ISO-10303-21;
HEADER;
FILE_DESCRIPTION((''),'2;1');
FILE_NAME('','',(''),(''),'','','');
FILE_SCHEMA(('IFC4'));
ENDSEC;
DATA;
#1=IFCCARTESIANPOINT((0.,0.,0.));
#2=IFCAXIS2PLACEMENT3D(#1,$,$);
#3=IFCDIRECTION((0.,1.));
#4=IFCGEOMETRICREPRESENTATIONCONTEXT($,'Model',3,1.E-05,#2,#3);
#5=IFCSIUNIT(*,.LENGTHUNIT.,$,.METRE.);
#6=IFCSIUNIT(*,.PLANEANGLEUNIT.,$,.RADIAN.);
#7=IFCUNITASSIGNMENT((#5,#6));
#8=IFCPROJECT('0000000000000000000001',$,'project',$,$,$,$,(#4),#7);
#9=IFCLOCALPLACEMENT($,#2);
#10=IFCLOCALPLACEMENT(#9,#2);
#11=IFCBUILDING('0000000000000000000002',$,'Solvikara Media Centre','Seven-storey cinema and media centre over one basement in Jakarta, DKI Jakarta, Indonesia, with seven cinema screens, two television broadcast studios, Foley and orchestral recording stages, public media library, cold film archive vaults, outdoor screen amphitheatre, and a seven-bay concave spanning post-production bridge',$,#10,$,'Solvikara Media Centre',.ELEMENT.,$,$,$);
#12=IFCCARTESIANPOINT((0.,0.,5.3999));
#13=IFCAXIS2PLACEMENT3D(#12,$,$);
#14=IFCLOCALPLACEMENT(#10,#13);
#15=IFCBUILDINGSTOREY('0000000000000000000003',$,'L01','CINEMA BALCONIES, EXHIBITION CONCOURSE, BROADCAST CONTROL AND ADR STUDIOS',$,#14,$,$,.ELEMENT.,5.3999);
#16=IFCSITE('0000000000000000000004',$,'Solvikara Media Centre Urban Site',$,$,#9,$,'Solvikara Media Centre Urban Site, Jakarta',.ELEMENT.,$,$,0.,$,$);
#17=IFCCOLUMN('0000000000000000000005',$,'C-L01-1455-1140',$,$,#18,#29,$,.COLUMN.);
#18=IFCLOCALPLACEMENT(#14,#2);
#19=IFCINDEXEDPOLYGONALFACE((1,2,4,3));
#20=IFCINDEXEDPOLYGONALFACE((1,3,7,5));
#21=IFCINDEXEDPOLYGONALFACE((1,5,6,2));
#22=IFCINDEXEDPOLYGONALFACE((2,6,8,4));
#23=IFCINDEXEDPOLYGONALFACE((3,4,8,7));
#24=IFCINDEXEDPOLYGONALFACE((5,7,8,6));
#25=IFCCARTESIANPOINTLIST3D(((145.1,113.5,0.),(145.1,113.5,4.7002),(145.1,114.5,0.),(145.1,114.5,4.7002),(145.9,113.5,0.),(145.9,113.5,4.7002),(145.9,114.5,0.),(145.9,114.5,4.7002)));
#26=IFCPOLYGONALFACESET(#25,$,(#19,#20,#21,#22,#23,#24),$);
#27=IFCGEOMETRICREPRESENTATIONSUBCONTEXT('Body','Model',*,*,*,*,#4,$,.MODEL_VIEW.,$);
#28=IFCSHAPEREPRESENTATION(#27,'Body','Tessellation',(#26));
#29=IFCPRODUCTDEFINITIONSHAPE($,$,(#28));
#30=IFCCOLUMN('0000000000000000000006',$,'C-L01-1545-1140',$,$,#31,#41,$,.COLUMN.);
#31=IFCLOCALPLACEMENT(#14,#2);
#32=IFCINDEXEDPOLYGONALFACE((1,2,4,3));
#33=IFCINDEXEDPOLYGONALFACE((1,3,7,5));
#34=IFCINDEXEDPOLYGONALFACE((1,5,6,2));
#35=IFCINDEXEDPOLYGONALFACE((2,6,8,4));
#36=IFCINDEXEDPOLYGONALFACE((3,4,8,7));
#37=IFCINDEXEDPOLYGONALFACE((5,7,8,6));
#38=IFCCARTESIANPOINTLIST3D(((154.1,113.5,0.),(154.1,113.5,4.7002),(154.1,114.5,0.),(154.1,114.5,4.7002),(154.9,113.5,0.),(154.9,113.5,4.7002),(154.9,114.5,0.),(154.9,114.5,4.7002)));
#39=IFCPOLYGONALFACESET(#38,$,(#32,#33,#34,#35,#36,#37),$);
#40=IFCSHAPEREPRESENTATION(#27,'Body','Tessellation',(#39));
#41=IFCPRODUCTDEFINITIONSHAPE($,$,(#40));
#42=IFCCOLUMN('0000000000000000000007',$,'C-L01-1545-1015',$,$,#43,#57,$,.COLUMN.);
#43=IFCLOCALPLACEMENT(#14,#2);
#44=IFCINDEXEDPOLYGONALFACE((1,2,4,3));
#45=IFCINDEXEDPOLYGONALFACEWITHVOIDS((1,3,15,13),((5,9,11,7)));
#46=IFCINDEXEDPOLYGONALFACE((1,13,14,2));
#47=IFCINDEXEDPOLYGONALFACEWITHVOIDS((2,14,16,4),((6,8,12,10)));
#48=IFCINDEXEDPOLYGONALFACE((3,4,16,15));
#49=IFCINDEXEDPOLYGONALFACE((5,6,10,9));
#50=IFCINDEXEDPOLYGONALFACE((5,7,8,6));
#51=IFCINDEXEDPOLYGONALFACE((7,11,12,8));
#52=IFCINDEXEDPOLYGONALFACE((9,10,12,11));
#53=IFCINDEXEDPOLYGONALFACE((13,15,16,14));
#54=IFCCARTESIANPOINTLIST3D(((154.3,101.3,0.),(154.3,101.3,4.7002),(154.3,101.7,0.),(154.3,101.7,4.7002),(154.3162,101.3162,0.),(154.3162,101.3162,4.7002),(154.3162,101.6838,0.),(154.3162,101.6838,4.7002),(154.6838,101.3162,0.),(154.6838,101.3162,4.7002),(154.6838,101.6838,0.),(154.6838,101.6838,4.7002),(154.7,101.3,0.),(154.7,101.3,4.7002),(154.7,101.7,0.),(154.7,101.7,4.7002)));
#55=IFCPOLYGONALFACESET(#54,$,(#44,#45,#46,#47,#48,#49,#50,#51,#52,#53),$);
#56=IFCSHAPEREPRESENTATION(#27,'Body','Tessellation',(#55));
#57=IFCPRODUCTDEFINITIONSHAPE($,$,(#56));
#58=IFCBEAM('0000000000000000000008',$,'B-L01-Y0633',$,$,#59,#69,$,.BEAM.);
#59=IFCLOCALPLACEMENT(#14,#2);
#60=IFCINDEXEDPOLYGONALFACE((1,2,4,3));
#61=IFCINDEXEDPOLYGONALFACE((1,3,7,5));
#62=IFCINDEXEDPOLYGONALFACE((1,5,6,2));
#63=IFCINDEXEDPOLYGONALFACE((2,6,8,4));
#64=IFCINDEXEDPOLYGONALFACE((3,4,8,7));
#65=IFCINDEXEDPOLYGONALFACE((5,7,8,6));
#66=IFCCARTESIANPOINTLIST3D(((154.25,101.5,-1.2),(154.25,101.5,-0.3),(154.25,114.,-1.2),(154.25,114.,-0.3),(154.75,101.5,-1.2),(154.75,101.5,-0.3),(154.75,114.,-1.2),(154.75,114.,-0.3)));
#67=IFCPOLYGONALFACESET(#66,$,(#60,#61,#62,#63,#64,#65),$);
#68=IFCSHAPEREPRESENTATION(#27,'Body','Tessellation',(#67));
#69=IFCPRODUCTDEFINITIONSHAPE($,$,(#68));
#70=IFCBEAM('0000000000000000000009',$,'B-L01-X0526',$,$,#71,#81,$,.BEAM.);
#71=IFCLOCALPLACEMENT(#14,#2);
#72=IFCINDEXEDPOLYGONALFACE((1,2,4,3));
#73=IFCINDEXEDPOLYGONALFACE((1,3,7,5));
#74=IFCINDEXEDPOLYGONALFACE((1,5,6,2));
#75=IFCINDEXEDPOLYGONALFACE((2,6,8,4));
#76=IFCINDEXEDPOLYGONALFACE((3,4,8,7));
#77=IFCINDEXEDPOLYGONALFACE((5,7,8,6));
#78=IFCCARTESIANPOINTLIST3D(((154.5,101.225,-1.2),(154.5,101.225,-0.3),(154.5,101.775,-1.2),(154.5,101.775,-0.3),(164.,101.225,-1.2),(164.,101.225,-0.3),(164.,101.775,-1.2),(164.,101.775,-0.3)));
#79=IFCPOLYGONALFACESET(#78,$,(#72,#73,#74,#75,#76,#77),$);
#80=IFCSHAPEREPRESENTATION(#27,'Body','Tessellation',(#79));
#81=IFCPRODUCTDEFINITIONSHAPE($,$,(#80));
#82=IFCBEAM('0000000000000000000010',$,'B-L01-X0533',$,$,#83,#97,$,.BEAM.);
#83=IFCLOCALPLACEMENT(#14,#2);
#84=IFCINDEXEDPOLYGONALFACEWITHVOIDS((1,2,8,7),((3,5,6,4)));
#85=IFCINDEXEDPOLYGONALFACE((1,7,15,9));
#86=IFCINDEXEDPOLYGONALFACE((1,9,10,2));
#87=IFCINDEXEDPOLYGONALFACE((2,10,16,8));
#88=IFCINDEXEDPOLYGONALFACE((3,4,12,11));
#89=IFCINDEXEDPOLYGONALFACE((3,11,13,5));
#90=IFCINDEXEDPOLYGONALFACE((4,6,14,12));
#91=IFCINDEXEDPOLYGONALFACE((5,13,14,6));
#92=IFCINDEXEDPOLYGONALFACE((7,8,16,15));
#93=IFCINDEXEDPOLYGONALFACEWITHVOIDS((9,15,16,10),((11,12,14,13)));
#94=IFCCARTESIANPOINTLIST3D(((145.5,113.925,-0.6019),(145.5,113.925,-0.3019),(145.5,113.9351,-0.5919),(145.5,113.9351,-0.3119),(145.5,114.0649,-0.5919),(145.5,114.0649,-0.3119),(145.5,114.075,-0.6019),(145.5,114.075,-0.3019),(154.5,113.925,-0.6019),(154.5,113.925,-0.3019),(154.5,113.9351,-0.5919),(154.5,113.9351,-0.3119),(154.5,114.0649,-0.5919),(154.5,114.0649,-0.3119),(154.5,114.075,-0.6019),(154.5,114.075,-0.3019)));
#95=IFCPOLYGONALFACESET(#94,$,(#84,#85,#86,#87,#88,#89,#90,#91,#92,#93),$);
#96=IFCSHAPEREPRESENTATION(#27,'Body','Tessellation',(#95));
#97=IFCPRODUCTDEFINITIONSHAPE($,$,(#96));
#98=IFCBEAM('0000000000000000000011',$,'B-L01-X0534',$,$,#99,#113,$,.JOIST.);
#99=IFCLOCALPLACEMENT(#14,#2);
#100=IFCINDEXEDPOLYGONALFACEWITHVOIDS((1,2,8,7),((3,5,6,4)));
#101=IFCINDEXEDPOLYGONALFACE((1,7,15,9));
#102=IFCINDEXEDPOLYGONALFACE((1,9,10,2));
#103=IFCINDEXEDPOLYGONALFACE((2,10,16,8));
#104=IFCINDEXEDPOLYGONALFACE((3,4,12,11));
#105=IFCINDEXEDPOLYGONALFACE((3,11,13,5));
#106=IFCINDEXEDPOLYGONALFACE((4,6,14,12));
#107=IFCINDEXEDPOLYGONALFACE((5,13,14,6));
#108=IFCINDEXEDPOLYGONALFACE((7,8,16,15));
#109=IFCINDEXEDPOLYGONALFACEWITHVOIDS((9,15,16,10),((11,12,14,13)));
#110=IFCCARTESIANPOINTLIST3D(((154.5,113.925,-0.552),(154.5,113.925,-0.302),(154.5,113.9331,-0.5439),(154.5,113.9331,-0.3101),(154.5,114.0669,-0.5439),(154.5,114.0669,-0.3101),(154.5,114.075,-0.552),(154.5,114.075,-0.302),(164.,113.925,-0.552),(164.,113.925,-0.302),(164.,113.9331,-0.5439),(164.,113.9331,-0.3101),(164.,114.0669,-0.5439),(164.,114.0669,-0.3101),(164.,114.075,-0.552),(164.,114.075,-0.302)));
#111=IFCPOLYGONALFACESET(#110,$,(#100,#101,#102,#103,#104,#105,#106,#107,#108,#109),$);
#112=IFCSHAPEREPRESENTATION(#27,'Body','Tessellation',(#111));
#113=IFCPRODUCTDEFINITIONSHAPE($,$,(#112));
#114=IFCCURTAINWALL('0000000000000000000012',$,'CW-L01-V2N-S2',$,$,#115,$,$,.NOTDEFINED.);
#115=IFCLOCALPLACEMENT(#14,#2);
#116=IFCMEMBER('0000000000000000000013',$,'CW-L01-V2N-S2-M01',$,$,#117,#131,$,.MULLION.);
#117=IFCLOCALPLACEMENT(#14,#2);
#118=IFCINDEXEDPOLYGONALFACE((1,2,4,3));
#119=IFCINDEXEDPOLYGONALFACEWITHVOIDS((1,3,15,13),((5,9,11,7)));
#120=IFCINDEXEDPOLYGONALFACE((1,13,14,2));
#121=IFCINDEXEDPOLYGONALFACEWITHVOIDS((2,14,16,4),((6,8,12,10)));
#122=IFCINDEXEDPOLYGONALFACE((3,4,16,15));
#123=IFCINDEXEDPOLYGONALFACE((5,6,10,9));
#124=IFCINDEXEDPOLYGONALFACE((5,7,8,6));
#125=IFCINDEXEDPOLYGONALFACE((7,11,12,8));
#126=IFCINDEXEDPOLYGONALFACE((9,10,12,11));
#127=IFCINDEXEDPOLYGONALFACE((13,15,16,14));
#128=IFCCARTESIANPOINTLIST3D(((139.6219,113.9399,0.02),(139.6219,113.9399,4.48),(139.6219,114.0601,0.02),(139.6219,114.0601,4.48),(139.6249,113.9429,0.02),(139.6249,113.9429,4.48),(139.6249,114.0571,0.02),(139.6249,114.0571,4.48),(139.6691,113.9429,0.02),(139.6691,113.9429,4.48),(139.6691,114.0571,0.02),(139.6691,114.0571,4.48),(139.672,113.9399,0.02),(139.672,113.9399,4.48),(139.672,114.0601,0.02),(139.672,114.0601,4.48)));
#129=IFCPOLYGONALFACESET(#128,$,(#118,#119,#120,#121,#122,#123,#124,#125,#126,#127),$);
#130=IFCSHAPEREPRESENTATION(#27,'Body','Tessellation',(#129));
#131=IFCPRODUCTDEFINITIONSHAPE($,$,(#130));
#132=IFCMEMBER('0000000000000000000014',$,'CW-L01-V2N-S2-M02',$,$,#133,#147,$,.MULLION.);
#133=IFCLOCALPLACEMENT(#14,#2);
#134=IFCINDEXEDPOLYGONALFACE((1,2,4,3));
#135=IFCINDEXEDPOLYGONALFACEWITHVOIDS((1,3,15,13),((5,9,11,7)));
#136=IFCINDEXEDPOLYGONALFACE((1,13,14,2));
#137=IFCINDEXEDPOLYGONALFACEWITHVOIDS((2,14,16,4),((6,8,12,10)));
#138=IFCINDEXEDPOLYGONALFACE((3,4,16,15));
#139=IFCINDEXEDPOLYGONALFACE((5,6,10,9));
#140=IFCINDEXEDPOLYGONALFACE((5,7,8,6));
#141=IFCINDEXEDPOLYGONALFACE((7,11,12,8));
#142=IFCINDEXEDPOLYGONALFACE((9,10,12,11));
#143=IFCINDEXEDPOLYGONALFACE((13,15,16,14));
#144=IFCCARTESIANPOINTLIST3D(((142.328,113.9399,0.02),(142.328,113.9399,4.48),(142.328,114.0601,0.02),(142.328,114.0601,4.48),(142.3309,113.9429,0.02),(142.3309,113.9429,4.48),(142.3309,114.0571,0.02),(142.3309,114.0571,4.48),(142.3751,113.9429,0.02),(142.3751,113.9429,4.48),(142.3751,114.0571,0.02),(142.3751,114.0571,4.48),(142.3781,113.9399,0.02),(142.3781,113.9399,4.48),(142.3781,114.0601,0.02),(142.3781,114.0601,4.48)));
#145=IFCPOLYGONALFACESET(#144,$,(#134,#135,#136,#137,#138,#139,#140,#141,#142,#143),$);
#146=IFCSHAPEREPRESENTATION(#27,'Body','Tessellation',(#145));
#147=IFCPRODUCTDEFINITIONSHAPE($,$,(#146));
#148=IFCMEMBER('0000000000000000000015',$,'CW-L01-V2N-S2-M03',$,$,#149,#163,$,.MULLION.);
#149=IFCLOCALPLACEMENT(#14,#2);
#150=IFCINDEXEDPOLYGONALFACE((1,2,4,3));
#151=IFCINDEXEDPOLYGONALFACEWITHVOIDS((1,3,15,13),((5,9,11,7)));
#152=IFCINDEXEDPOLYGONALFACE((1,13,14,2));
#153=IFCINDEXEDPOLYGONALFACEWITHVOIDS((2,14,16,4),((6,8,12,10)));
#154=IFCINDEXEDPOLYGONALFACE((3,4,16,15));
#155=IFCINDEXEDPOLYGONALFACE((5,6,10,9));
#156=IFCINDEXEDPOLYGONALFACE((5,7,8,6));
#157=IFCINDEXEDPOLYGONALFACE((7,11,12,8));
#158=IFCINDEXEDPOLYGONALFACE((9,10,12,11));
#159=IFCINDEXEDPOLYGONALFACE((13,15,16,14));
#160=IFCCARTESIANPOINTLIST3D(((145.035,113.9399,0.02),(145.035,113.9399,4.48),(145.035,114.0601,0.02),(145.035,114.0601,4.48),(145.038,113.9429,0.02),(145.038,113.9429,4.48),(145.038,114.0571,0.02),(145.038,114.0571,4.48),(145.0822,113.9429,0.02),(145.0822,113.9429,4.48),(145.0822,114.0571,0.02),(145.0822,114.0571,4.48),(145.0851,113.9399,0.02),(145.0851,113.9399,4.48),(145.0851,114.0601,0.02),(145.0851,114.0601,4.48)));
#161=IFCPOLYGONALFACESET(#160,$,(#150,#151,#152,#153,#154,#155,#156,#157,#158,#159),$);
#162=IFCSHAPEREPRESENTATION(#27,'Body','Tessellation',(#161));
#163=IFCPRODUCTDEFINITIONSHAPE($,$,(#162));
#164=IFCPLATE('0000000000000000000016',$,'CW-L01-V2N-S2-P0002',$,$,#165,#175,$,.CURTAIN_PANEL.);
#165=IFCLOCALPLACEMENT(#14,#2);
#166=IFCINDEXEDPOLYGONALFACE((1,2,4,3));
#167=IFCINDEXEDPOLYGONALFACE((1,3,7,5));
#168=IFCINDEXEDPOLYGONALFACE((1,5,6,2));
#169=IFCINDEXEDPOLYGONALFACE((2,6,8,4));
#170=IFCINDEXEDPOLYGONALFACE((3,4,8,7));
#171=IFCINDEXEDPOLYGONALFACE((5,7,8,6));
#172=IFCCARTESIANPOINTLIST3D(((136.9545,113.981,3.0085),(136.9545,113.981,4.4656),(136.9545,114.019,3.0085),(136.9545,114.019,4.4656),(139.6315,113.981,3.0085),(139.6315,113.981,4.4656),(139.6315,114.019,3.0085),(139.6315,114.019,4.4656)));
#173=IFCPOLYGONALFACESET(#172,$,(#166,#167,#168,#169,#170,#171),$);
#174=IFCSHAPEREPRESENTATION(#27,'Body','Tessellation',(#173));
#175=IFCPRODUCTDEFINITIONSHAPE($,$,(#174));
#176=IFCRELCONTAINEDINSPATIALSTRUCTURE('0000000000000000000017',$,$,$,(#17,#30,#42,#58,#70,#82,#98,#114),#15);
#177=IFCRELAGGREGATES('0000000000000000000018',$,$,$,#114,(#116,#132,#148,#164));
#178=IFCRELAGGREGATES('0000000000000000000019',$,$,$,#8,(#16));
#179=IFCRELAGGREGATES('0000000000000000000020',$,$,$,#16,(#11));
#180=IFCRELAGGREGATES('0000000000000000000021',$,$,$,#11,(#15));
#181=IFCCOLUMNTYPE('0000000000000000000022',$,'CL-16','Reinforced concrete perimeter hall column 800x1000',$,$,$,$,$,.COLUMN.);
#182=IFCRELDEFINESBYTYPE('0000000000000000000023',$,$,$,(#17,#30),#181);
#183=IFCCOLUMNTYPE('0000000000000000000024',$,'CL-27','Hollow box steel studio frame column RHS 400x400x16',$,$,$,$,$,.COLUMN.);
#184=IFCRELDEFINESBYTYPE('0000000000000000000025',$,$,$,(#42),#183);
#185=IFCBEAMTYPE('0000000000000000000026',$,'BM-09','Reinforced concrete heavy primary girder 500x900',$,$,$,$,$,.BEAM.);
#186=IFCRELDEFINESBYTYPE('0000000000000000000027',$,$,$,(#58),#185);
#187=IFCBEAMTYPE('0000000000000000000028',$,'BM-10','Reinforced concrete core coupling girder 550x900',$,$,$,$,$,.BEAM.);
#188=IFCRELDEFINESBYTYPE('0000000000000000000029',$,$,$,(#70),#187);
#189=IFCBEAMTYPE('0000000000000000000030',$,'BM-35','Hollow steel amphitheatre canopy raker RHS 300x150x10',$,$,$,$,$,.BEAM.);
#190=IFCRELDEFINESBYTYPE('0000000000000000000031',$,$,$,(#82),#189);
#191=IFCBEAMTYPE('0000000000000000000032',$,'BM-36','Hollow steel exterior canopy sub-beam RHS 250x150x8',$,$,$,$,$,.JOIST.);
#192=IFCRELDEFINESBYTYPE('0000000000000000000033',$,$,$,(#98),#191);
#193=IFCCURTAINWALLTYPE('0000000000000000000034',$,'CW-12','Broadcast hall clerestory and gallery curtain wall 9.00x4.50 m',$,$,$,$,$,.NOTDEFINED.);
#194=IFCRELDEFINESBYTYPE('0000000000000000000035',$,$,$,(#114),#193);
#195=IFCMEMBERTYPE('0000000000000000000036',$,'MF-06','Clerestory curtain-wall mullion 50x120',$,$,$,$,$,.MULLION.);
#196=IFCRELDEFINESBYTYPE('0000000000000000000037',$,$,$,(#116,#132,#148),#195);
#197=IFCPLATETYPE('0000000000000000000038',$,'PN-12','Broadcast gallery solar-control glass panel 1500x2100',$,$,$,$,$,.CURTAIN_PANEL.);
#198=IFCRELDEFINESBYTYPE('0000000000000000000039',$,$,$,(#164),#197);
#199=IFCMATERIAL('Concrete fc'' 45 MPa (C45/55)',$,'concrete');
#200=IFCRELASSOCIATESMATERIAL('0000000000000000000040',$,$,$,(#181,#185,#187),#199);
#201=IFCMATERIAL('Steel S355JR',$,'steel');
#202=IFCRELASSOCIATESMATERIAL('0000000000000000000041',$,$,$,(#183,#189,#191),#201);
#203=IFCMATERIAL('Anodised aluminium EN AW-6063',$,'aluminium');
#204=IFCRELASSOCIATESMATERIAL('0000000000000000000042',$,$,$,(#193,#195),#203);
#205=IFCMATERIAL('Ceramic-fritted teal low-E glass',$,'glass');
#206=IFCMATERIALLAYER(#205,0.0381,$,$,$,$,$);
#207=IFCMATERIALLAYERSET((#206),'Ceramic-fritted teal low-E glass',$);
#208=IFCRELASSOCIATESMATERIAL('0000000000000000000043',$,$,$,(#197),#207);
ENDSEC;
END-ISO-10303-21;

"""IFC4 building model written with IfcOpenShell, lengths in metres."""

from ifc_helpers import new_model, si_unit, direction, frame, origin, origin_2d, place, context, subcontext, project, spatial, rectangle, hollow_rectangle, extrude, material, layer, layer_set, material_profile, profile_set, type_object, element, aggregate, save


model = new_model("IFC4")

# Units and contexts
model_context = context("Model", 3, precision=1e-05, world=origin(), true_north=direction((0.0, 1.0)))
body_context = subcontext(model_context, "Body", "Model", "MODEL_VIEW")
ifc_project = project(units=[si_unit("LENGTHUNIT", "METRE"), si_unit("PLANEANGLEUNIT", "RADIAN")], contexts=[model_context])

# Site, building, storey
site_placement = place(None, origin())
site = spatial("IfcSite", under=ifc_project, at=site_placement, Name="Solvikara Media Centre Urban Site", LongName="Solvikara Media Centre Urban Site, Jakarta", CompositionType="ELEMENT", RefElevation=0.0)
building_placement = place(site_placement, origin())
building = spatial("IfcBuilding", under=site, at=building_placement, Name="Solvikara Media Centre", Description="Seven-storey cinema and media centre over one basement in Jakarta, DKI Jakarta, Indonesia, with seven cinema screens, two television broadcast studios, Foley and orchestral recording stages, public media library, cold film archive vaults, outdoor screen amphitheatre, and a seven-bay concave spanning post-production bridge", LongName="Solvikara Media Centre", CompositionType="ELEMENT")
storey_placement = place(building_placement, frame((0.0, 0.0, 5.3999)))
storey = spatial("IfcBuildingStorey", under=building, at=storey_placement, Name="L01", Description="CINEMA BALCONIES, EXHIBITION CONCOURSE, BROADCAST CONTROL AND ADR STUDIOS", CompositionType="ELEMENT", Elevation=5.3999)

# Columns
ifc_material_1 = material(Name="Concrete fc' 45 MPa (C45/55)", Category="concrete")
ifc_material_profile_1 = material_profile(ifc_material_1, rectangle(XDim=0.8, YDim=1.0, at=origin_2d()), Name="RC 800x1000")
ifc_profile_set_1 = profile_set([ifc_material_profile_1], Name="Concrete fc' 45 MPa (C45/55)")
column_type_1 = type_object("IfcColumnType", Name="CL-16", Description="Reinforced concrete perimeter hall column 800x1000", PredefinedType="COLUMN", material=ifc_profile_set_1)
for number, where, z_axis, x_axis, name in (
    (1, (145.5, 114.0, 0.0), (0.0, 0.0, 1.0), (1.0, 0.0, 0.0), "C-L01-1455-1140"),
    (2, (154.5, 114.0, 0.0), (0.0, 0.0, 1.0), (1.0, 0.0, 0.0), "C-L01-1545-1140"),
):
    element("IfcColumn", number, at=place(storey_placement, frame(where, z_axis=z_axis, x_axis=x_axis)), inside=storey, type_object=column_type_1, Name=name, PredefinedType="COLUMN", context=body_context, shape_type="SweptSolid", body=[
        extrude(rectangle(XDim=0.8, YDim=1.0, at=origin_2d()), origin(), (0.0, 0.0, 1.0), 4.7002),
    ])
ifc_material_2 = material(Name="Steel S355JR", Category="steel")
ifc_material_profile_2 = material_profile(ifc_material_2, hollow_rectangle(XDim=0.3999, YDim=0.3999, WallThickness=0.0161, at=origin_2d()), Name="RHS 400x400x16")
ifc_profile_set_2 = profile_set([ifc_material_profile_2], Name="Steel S355JR")
column_type_2 = type_object("IfcColumnType", Name="CL-27", Description="Hollow box steel studio frame column RHS 400x400x16", PredefinedType="COLUMN", material=ifc_profile_set_2)
column_placement = place(storey_placement, frame((154.5, 101.5, 0.0), z_axis=(0.0, 0.0, 1.0), x_axis=(1.0, 0.0, 0.0)))
element("IfcColumn", 3, at=column_placement, inside=storey, type_object=column_type_2, Name="C-L01-1545-1015", PredefinedType="COLUMN", context=body_context, shape_type="SweptSolid", body=[
    extrude(hollow_rectangle(XDim=0.3999, YDim=0.3999, WallThickness=0.0161, at=origin_2d()), origin(), (0.0, 0.0, 1.0), 4.7002),
])

# Beams
ifc_material_profile_3 = material_profile(ifc_material_1, rectangle(XDim=0.5, YDim=0.8999, at=origin_2d()), Name="RC 500x900")
ifc_profile_set_3 = profile_set([ifc_material_profile_3], Name="Concrete fc' 45 MPa (C45/55)")
beam_type_1 = type_object("IfcBeamType", Name="BM-09", Description="Reinforced concrete heavy primary girder 500x900", PredefinedType="BEAM", material=ifc_profile_set_3)
beam_1_placement = place(storey_placement, frame((154.5, 101.5, -0.75), z_axis=(0.0, 1.0, 0.0), x_axis=(-1.0, 0.0, 0.0)))
element("IfcBeam", 4, at=beam_1_placement, inside=storey, type_object=beam_type_1, Name="B-L01-Y0633", PredefinedType="BEAM", context=body_context, shape_type="SweptSolid", body=[
    extrude(rectangle(XDim=0.5, YDim=0.8999, at=origin_2d()), origin(), (0.0, 0.0, 1.0), 12.5),
])
ifc_material_profile_4 = material_profile(ifc_material_1, rectangle(XDim=0.55, YDim=0.8999, at=origin_2d()), Name="RC 550x900")
ifc_profile_set_4 = profile_set([ifc_material_profile_4], Name="Concrete fc' 45 MPa (C45/55)")
beam_type_2 = type_object("IfcBeamType", Name="BM-10", Description="Reinforced concrete core coupling girder 550x900", PredefinedType="BEAM", material=ifc_profile_set_4)
beam_2_placement = place(storey_placement, frame((154.5, 101.5, -0.75), z_axis=(1.0, 0.0, 0.0), x_axis=(0.0, 1.0, 0.0)))
element("IfcBeam", 5, at=beam_2_placement, inside=storey, type_object=beam_type_2, Name="B-L01-X0526", PredefinedType="BEAM", context=body_context, shape_type="SweptSolid", body=[
    extrude(rectangle(XDim=0.55, YDim=0.8999, at=origin_2d()), origin(), (0.0, 0.0, 1.0), 9.5),
])
ifc_material_profile_5 = material_profile(ifc_material_2, hollow_rectangle(XDim=0.1499, YDim=0.3, WallThickness=0.01, at=origin_2d()), Name="RHS 300x150x10")
ifc_profile_set_5 = profile_set([ifc_material_profile_5], Name="Steel S355JR")
beam_type_3 = type_object("IfcBeamType", Name="BM-35", Description="Hollow steel amphitheatre canopy raker RHS 300x150x10", PredefinedType="BEAM", material=ifc_profile_set_5)
beam_3_placement = place(storey_placement, frame((145.5, 114.0, -0.4519), z_axis=(1.0, 0.0, 0.0), x_axis=(0.0, 1.0, 0.0)))
element("IfcBeam", 6, at=beam_3_placement, inside=storey, type_object=beam_type_3, Name="B-L01-X0533", PredefinedType="BEAM", context=body_context, shape_type="SweptSolid", body=[
    extrude(hollow_rectangle(XDim=0.1499, YDim=0.3, WallThickness=0.01, at=origin_2d()), origin(), (0.0, 0.0, 1.0), 9.0),
])
ifc_material_profile_6 = material_profile(ifc_material_2, hollow_rectangle(XDim=0.1499, YDim=0.25, WallThickness=0.0081, at=origin_2d()), Name="RHS 250x150x8")
ifc_profile_set_6 = profile_set([ifc_material_profile_6], Name="Steel S355JR")
beam_type_4 = type_object("IfcBeamType", Name="BM-36", Description="Hollow steel exterior canopy sub-beam RHS 250x150x8", PredefinedType="JOIST", material=ifc_profile_set_6)
beam_4_placement = place(storey_placement, frame((154.5, 114.0, -0.427), z_axis=(1.0, 0.0, 0.0), x_axis=(0.0, 1.0, 0.0)))
element("IfcBeam", 7, at=beam_4_placement, inside=storey, type_object=beam_type_4, Name="B-L01-X0534", PredefinedType="JOIST", context=body_context, shape_type="SweptSolid", body=[
    extrude(hollow_rectangle(XDim=0.1499, YDim=0.25, WallThickness=0.0081, at=origin_2d()), origin(), (0.0, 0.0, 1.0), 9.5),
])

# Curtain wall, members, plate
ifc_material_3 = material(Name="Anodised aluminium EN AW-6063", Category="aluminium")
curtain_wall_type = type_object("IfcCurtainWallType", Name="CW-12", Description="Broadcast hall clerestory and gallery curtain wall 9.00x4.50 m", PredefinedType="NOTDEFINED", material=ifc_material_3)
curtain_wall_placement = place(storey_placement, origin())
curtain_wall = element("IfcCurtainWall", 8, at=curtain_wall_placement, inside=storey, type_object=curtain_wall_type, Name="CW-L01-V2N-S2", PredefinedType="NOTDEFINED")
ifc_material_profile_7 = material_profile(ifc_material_3, hollow_rectangle(XDim=0.05, YDim=0.1201, WallThickness=0.0029, at=origin_2d()), Name="ALU-M 50x120x3")
ifc_profile_set_7 = profile_set([ifc_material_profile_7], Name="Anodised aluminium EN AW-6063")
member_type = type_object("IfcMemberType", Name="MF-06", Description="Clerestory curtain-wall mullion 50x120", PredefinedType="MULLION", material=ifc_profile_set_7)
member_1_placement = place(storey_placement, frame((139.647, 114.0, 0.02), z_axis=(0.0, 0.0, 1.0), x_axis=(1.0, 0.0, 0.0)))
member_1 = element("IfcMember", 9, at=member_1_placement, type_object=member_type, Name="CW-L01-V2N-S2-M01", PredefinedType="MULLION", context=body_context, shape_type="SweptSolid", body=[
    extrude(hollow_rectangle(XDim=0.05, YDim=0.1201, WallThickness=0.0029, at=origin_2d()), origin(), (0.0, 0.0, 1.0), 4.46),
])
member_2_placement = place(storey_placement, frame((142.353, 114.0, 0.02), z_axis=(0.0, 0.0, 1.0), x_axis=(1.0, 0.0, 0.0)))
member_2 = element("IfcMember", 10, at=member_2_placement, type_object=member_type, Name="CW-L01-V2N-S2-M02", PredefinedType="MULLION", context=body_context, shape_type="SweptSolid", body=[
    extrude(hollow_rectangle(XDim=0.05, YDim=0.1201, WallThickness=0.0029, at=origin_2d()), origin(), (0.0, 0.0, 1.0), 4.46),
])
member_3_placement = place(storey_placement, frame((145.0601, 114.0, 0.02), z_axis=(0.0, 0.0, 1.0), x_axis=(1.0, 0.0, 0.0)))
member_3 = element("IfcMember", 11, at=member_3_placement, type_object=member_type, Name="CW-L01-V2N-S2-M03", PredefinedType="MULLION", context=body_context, shape_type="SweptSolid", body=[
    extrude(hollow_rectangle(XDim=0.05, YDim=0.1201, WallThickness=0.0029, at=origin_2d()), origin(), (0.0, 0.0, 1.0), 4.46),
])
ifc_material_4 = material(Name="Ceramic-fritted teal low-E glass", Category="glass")
ifc_layer_1 = layer(ifc_material_4, 0.0381)
ifc_layer_set_1 = layer_set([ifc_layer_1], Name="Ceramic-fritted teal low-E glass")
plate_type = type_object("IfcPlateType", Name="PN-12", Description="Broadcast gallery solar-control glass panel 1500x2100", PredefinedType="CURTAIN_PANEL", material=ifc_layer_set_1)
plate_1_placement = place(storey_placement, frame((138.293, 114.0, 3.0085), z_axis=(0.0, 0.0, 1.0), x_axis=(1.0, 0.0, 0.0)))
plate_1 = element("IfcPlate", 12, at=plate_1_placement, type_object=plate_type, Name="CW-L01-V2N-S2-P0002", PredefinedType="CURTAIN_PANEL", context=body_context, shape_type="SweptSolid", body=[
    extrude(rectangle(XDim=2.677, YDim=0.0381, at=origin_2d()), origin(), (0.0, 0.0, 1.0), 1.457),
])
aggregate(curtain_wall, [member_1, member_2, member_3, plate_1])

save(model, "model.ifc")
